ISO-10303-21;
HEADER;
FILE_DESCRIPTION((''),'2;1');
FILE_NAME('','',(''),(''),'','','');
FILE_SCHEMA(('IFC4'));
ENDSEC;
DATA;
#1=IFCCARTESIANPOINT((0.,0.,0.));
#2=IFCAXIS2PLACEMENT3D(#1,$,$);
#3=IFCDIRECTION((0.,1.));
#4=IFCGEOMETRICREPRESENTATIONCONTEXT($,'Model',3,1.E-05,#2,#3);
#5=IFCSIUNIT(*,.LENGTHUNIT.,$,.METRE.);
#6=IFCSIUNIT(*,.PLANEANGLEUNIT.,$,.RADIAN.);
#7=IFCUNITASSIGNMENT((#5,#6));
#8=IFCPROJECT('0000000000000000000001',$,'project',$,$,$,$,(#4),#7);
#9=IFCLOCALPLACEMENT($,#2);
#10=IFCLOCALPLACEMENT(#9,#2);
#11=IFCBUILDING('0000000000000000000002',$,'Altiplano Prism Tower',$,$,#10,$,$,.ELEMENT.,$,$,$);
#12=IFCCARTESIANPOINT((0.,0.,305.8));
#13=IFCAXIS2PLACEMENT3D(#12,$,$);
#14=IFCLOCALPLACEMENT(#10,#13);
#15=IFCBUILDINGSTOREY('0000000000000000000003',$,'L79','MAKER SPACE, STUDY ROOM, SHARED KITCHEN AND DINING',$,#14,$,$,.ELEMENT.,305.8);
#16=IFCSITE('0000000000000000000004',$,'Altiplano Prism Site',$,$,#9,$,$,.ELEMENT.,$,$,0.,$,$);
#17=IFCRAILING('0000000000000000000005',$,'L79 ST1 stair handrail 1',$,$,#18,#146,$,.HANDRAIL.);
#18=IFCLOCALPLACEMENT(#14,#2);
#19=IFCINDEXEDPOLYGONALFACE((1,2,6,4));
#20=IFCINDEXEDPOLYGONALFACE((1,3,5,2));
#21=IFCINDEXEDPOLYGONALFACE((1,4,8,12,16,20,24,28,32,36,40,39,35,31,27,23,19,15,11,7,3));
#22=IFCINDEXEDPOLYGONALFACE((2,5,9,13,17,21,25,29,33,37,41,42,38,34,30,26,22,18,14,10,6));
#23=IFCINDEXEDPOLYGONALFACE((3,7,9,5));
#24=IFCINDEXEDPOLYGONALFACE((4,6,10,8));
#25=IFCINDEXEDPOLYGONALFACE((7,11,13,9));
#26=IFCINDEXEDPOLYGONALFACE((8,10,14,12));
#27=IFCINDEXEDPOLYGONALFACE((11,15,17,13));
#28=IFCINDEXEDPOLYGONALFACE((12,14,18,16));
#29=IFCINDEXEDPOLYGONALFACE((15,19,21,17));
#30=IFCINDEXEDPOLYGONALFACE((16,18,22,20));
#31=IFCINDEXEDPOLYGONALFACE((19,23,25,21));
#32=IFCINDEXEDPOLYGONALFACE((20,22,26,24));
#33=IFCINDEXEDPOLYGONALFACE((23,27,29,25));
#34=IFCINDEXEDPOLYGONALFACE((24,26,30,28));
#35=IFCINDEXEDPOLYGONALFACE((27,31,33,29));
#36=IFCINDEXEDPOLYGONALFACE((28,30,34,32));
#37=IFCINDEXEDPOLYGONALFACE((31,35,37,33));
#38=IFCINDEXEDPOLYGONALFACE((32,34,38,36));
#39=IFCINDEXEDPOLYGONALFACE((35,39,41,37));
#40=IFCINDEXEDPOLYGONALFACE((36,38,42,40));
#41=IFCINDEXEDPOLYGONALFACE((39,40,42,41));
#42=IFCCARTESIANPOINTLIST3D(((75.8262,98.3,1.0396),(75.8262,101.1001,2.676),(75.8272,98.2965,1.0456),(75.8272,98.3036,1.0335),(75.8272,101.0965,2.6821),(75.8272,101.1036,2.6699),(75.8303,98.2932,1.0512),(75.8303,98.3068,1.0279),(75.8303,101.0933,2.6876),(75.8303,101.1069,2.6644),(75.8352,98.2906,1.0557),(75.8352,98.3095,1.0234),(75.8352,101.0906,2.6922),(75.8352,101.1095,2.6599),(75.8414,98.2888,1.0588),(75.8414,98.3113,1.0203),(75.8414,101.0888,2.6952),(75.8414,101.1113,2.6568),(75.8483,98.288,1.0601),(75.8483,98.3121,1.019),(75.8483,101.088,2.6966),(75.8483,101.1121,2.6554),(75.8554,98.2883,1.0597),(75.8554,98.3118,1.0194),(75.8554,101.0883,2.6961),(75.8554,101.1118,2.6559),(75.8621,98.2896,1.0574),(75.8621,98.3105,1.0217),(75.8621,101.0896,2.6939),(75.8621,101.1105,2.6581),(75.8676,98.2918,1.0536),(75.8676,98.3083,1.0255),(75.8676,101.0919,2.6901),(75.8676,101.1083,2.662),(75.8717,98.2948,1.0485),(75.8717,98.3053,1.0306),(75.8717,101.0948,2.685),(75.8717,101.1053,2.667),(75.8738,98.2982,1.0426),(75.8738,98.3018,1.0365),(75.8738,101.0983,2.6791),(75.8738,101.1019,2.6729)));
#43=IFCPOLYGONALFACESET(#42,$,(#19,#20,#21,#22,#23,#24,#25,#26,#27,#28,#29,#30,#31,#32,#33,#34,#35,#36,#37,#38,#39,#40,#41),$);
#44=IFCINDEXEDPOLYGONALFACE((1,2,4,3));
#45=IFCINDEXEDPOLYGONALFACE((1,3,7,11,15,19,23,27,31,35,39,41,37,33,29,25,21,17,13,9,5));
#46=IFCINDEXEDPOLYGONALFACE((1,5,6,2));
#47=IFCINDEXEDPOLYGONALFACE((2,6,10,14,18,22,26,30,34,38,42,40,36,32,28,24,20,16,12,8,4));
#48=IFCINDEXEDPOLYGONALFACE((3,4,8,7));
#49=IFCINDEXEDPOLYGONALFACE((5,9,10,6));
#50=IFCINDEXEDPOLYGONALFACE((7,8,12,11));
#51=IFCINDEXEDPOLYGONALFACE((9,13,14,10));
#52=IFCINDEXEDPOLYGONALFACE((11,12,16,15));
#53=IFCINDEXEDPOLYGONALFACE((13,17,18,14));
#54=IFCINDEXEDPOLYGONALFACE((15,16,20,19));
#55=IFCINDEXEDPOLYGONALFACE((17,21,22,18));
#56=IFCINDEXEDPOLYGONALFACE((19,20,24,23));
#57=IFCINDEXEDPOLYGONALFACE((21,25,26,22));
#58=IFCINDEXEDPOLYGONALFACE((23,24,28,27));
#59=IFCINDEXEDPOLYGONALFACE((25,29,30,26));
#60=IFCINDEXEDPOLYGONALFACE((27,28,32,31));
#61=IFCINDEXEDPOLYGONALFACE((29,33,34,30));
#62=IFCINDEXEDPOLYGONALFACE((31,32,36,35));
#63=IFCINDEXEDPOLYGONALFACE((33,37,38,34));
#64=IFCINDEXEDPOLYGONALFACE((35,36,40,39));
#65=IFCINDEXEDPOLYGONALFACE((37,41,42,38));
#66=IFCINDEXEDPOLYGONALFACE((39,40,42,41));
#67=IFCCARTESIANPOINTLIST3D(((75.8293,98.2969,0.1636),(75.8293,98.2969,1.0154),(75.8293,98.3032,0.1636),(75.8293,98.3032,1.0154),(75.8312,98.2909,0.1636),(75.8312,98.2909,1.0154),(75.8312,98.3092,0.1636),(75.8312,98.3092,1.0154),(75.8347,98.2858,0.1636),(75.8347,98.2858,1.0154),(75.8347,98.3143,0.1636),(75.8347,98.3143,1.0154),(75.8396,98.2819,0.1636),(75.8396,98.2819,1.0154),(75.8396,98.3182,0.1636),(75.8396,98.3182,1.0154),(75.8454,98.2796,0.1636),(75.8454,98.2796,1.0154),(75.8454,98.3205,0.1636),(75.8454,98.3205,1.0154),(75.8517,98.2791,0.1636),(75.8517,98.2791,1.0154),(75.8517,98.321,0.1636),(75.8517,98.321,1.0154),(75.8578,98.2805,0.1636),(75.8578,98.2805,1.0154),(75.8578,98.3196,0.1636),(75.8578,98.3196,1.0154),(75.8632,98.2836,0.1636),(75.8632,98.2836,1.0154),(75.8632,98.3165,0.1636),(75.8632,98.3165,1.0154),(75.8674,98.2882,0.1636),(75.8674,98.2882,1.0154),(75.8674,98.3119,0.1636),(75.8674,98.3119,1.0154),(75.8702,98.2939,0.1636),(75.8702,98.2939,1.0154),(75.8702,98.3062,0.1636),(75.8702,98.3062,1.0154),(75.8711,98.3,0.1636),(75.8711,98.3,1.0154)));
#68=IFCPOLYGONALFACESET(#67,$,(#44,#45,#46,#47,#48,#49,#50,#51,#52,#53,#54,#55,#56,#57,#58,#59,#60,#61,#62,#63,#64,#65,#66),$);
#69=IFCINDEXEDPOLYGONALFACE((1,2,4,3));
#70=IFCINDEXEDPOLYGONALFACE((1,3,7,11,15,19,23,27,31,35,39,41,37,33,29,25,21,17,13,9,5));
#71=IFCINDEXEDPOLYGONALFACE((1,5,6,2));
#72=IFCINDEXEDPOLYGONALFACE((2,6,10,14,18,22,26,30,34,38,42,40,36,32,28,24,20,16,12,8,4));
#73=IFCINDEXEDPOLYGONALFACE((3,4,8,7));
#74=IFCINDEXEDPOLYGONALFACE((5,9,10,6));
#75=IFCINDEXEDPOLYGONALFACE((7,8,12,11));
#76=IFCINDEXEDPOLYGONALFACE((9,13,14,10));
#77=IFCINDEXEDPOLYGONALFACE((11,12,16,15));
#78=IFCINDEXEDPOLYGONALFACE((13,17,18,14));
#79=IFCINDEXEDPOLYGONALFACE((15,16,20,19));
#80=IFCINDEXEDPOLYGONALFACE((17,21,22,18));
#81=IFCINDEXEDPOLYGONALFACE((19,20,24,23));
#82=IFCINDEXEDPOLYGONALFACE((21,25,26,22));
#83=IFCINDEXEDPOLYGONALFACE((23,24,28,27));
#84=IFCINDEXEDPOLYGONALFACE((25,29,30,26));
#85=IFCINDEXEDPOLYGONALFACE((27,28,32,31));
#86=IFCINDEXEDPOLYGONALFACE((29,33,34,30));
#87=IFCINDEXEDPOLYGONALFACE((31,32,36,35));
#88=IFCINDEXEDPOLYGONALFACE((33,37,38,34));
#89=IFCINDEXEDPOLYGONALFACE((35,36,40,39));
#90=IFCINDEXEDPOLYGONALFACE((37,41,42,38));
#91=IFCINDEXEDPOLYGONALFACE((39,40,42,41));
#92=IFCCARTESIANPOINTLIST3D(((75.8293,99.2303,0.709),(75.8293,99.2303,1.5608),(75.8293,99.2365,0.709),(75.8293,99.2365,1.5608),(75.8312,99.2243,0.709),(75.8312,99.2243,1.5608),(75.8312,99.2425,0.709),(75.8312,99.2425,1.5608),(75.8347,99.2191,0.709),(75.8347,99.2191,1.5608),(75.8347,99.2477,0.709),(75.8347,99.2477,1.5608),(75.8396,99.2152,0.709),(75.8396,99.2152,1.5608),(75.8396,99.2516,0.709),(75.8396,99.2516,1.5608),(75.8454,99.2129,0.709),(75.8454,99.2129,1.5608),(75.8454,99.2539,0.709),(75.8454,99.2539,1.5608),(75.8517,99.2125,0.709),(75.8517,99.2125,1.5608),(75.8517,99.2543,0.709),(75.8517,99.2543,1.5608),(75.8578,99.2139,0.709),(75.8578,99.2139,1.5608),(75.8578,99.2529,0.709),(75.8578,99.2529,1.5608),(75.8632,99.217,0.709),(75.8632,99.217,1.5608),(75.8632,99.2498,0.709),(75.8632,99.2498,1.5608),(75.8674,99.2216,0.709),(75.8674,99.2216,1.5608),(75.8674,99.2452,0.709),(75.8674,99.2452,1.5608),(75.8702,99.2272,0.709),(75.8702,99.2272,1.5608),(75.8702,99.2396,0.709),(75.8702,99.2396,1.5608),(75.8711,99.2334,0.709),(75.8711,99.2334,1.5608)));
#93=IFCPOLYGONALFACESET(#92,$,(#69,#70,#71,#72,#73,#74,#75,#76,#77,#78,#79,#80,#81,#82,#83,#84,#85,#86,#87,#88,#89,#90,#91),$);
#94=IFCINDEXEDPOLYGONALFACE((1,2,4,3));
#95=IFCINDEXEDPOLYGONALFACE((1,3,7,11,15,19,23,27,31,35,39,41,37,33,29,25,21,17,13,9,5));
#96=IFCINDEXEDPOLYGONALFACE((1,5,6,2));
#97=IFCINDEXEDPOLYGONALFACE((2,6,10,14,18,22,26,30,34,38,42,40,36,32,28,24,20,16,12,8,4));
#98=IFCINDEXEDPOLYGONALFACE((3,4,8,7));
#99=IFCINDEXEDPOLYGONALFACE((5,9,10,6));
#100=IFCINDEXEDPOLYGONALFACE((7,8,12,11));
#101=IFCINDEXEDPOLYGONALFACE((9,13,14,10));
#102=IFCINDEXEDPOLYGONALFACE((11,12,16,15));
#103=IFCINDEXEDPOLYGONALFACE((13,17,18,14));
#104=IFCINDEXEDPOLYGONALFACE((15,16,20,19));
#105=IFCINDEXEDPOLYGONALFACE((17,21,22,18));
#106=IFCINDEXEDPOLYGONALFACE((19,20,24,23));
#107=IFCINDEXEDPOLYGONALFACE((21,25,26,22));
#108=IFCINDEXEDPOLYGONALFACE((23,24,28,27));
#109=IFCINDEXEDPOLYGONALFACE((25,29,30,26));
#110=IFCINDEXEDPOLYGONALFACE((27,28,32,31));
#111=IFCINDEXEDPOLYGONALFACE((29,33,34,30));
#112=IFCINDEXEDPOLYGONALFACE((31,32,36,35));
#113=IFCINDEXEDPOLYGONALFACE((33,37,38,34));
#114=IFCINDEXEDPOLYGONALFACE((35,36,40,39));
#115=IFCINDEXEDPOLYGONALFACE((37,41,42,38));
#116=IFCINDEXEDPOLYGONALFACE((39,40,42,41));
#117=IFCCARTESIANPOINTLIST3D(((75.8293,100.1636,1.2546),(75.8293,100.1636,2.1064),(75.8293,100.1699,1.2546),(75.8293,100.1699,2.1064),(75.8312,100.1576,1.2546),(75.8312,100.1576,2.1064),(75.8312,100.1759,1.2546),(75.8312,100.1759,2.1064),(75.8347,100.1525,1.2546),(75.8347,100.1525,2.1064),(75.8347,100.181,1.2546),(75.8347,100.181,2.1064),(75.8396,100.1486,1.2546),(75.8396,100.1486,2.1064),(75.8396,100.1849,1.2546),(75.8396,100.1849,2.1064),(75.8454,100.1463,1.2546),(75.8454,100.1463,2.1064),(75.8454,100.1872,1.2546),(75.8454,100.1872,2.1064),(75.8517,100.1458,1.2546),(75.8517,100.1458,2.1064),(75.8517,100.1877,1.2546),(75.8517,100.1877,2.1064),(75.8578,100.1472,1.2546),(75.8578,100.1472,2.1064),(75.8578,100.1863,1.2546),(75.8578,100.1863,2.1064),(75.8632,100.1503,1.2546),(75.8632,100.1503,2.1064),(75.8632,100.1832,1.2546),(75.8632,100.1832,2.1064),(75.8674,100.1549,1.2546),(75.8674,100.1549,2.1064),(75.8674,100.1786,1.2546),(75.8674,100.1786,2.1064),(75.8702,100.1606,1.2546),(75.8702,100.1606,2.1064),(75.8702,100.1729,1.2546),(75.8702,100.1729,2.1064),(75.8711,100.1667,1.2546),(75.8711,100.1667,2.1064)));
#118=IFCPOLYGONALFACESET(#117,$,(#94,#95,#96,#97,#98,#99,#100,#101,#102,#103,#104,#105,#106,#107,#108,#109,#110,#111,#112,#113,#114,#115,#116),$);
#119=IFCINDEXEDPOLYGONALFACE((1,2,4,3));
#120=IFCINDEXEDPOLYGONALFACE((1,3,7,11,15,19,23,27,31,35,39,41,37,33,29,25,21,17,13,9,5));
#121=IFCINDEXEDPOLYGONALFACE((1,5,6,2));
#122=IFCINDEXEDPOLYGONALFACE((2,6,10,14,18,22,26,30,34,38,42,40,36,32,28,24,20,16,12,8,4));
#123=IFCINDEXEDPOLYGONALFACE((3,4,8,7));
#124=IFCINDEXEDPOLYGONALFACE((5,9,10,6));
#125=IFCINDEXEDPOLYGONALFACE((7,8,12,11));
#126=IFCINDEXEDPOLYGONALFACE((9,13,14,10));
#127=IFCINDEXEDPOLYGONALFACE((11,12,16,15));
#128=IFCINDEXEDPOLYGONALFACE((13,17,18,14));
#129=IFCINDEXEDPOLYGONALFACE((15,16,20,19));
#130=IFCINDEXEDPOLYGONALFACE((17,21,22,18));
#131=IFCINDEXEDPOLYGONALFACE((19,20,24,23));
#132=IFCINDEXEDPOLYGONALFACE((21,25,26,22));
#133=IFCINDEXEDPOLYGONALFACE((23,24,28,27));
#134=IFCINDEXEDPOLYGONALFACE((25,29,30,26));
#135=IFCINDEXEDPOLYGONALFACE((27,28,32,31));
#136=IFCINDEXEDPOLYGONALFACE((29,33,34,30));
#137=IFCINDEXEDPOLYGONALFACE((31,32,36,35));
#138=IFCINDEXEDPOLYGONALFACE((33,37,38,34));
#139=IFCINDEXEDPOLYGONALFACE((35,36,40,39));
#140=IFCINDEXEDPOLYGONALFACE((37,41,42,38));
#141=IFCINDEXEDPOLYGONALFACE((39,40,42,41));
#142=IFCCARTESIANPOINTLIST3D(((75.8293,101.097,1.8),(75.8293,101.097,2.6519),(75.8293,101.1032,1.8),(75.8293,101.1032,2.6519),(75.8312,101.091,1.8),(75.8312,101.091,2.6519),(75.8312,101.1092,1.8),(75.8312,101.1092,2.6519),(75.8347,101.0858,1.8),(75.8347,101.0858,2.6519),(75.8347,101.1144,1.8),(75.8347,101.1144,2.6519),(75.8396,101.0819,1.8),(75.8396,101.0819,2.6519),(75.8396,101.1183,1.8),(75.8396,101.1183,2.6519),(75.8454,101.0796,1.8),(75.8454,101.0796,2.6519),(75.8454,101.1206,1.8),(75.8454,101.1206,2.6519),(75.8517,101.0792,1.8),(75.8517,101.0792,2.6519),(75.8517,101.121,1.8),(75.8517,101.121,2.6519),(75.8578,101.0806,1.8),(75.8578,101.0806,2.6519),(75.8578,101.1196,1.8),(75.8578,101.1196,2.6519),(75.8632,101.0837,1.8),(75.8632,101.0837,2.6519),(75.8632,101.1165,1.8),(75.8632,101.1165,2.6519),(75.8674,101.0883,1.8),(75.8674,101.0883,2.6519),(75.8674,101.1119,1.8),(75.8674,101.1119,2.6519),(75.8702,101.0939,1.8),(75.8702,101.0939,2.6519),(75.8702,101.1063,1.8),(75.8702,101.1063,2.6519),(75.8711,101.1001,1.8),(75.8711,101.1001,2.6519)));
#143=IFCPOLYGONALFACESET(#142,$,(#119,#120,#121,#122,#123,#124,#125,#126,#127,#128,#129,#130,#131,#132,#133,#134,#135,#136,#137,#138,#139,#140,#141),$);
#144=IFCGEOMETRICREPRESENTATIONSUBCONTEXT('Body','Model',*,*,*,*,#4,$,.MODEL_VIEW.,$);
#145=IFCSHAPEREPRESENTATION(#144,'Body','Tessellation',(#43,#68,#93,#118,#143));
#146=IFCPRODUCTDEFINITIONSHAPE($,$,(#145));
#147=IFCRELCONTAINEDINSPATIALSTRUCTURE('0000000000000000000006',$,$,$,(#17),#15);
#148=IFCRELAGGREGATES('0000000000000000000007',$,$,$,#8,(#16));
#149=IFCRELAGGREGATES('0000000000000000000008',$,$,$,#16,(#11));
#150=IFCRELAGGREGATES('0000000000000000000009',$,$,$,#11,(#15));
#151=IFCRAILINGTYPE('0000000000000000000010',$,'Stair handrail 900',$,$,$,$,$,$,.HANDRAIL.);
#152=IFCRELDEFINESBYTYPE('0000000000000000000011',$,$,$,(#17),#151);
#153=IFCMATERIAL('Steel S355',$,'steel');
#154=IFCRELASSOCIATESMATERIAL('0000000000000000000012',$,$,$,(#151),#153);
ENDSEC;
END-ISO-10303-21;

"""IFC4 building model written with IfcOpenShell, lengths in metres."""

from ifc_helpers import new_model, si_unit, direction, frame, origin, origin_2d, place, context, subcontext, project, spatial, circle, extrude, material, type_object, element, save


model = new_model("IFC4")

# Units and contexts
model_context = context("Model", 3, precision=1e-05, world=origin(), true_north=direction((0.0, 1.0)))
body_context = subcontext(model_context, "Body", "Model", "MODEL_VIEW")
ifc_project = project(units=[si_unit("LENGTHUNIT", "METRE"), si_unit("PLANEANGLEUNIT", "RADIAN")], contexts=[model_context])

# Site, building, storey
site_placement = place(None, origin())
site = spatial("IfcSite", under=ifc_project, at=site_placement, Name="Altiplano Prism Site", CompositionType="ELEMENT", RefElevation=0.0)
building_placement = place(site_placement, origin())
building = spatial("IfcBuilding", under=site, at=building_placement, Name="Altiplano Prism Tower", CompositionType="ELEMENT")
storey_placement = place(building_placement, frame((0.0, 0.0, 305.8)))
storey = spatial("IfcBuildingStorey", under=building, at=storey_placement, Name="L79", Description="MAKER SPACE, STUDY ROOM, SHARED KITCHEN AND DINING", CompositionType="ELEMENT", Elevation=305.8)

# Railing
ifc_material_1 = material(Name="Steel S355", Category="steel")
railing_type_1 = type_object("IfcRailingType", Name="Stair handrail 900", PredefinedType="HANDRAIL", material=ifc_material_1)
railing_1_placement = place(storey_placement, frame((75.8501, 98.3, 0.1636)))
element("IfcRailing", 1, at=railing_1_placement, inside=storey, type_object=railing_type_1, Name="L79 ST1 stair handrail 1", PredefinedType="HANDRAIL", context=body_context, shape_type="SweptSolid", body=[
    extrude(circle(Radius=0.0239, at=origin_2d()), frame((0.0, 0.0, 0.876), z_axis=(0.0, 0.863361, 0.504587), x_axis=(-1.0, 0.0, 0.0)), (0.0, 0.0, 1.0), 3.2432),
    extrude(circle(Radius=0.021, at=origin_2d()), origin(), (0.0, 0.0, 1.0), 0.8518),
    extrude(circle(Radius=0.021, at=origin_2d()), frame((0.0, 0.9333, 0.5454)), (0.0, 0.0, 1.0), 0.8518),
    extrude(circle(Radius=0.021, at=origin_2d()), frame((0.0, 1.8667, 1.0911)), (0.0, 0.0, 1.0), 0.8518),
    extrude(circle(Radius=0.021, at=origin_2d()), frame((0.0, 2.8, 1.6365)), (0.0, 0.0, 1.0), 0.8518),
])

save(model, "model.ifc")
